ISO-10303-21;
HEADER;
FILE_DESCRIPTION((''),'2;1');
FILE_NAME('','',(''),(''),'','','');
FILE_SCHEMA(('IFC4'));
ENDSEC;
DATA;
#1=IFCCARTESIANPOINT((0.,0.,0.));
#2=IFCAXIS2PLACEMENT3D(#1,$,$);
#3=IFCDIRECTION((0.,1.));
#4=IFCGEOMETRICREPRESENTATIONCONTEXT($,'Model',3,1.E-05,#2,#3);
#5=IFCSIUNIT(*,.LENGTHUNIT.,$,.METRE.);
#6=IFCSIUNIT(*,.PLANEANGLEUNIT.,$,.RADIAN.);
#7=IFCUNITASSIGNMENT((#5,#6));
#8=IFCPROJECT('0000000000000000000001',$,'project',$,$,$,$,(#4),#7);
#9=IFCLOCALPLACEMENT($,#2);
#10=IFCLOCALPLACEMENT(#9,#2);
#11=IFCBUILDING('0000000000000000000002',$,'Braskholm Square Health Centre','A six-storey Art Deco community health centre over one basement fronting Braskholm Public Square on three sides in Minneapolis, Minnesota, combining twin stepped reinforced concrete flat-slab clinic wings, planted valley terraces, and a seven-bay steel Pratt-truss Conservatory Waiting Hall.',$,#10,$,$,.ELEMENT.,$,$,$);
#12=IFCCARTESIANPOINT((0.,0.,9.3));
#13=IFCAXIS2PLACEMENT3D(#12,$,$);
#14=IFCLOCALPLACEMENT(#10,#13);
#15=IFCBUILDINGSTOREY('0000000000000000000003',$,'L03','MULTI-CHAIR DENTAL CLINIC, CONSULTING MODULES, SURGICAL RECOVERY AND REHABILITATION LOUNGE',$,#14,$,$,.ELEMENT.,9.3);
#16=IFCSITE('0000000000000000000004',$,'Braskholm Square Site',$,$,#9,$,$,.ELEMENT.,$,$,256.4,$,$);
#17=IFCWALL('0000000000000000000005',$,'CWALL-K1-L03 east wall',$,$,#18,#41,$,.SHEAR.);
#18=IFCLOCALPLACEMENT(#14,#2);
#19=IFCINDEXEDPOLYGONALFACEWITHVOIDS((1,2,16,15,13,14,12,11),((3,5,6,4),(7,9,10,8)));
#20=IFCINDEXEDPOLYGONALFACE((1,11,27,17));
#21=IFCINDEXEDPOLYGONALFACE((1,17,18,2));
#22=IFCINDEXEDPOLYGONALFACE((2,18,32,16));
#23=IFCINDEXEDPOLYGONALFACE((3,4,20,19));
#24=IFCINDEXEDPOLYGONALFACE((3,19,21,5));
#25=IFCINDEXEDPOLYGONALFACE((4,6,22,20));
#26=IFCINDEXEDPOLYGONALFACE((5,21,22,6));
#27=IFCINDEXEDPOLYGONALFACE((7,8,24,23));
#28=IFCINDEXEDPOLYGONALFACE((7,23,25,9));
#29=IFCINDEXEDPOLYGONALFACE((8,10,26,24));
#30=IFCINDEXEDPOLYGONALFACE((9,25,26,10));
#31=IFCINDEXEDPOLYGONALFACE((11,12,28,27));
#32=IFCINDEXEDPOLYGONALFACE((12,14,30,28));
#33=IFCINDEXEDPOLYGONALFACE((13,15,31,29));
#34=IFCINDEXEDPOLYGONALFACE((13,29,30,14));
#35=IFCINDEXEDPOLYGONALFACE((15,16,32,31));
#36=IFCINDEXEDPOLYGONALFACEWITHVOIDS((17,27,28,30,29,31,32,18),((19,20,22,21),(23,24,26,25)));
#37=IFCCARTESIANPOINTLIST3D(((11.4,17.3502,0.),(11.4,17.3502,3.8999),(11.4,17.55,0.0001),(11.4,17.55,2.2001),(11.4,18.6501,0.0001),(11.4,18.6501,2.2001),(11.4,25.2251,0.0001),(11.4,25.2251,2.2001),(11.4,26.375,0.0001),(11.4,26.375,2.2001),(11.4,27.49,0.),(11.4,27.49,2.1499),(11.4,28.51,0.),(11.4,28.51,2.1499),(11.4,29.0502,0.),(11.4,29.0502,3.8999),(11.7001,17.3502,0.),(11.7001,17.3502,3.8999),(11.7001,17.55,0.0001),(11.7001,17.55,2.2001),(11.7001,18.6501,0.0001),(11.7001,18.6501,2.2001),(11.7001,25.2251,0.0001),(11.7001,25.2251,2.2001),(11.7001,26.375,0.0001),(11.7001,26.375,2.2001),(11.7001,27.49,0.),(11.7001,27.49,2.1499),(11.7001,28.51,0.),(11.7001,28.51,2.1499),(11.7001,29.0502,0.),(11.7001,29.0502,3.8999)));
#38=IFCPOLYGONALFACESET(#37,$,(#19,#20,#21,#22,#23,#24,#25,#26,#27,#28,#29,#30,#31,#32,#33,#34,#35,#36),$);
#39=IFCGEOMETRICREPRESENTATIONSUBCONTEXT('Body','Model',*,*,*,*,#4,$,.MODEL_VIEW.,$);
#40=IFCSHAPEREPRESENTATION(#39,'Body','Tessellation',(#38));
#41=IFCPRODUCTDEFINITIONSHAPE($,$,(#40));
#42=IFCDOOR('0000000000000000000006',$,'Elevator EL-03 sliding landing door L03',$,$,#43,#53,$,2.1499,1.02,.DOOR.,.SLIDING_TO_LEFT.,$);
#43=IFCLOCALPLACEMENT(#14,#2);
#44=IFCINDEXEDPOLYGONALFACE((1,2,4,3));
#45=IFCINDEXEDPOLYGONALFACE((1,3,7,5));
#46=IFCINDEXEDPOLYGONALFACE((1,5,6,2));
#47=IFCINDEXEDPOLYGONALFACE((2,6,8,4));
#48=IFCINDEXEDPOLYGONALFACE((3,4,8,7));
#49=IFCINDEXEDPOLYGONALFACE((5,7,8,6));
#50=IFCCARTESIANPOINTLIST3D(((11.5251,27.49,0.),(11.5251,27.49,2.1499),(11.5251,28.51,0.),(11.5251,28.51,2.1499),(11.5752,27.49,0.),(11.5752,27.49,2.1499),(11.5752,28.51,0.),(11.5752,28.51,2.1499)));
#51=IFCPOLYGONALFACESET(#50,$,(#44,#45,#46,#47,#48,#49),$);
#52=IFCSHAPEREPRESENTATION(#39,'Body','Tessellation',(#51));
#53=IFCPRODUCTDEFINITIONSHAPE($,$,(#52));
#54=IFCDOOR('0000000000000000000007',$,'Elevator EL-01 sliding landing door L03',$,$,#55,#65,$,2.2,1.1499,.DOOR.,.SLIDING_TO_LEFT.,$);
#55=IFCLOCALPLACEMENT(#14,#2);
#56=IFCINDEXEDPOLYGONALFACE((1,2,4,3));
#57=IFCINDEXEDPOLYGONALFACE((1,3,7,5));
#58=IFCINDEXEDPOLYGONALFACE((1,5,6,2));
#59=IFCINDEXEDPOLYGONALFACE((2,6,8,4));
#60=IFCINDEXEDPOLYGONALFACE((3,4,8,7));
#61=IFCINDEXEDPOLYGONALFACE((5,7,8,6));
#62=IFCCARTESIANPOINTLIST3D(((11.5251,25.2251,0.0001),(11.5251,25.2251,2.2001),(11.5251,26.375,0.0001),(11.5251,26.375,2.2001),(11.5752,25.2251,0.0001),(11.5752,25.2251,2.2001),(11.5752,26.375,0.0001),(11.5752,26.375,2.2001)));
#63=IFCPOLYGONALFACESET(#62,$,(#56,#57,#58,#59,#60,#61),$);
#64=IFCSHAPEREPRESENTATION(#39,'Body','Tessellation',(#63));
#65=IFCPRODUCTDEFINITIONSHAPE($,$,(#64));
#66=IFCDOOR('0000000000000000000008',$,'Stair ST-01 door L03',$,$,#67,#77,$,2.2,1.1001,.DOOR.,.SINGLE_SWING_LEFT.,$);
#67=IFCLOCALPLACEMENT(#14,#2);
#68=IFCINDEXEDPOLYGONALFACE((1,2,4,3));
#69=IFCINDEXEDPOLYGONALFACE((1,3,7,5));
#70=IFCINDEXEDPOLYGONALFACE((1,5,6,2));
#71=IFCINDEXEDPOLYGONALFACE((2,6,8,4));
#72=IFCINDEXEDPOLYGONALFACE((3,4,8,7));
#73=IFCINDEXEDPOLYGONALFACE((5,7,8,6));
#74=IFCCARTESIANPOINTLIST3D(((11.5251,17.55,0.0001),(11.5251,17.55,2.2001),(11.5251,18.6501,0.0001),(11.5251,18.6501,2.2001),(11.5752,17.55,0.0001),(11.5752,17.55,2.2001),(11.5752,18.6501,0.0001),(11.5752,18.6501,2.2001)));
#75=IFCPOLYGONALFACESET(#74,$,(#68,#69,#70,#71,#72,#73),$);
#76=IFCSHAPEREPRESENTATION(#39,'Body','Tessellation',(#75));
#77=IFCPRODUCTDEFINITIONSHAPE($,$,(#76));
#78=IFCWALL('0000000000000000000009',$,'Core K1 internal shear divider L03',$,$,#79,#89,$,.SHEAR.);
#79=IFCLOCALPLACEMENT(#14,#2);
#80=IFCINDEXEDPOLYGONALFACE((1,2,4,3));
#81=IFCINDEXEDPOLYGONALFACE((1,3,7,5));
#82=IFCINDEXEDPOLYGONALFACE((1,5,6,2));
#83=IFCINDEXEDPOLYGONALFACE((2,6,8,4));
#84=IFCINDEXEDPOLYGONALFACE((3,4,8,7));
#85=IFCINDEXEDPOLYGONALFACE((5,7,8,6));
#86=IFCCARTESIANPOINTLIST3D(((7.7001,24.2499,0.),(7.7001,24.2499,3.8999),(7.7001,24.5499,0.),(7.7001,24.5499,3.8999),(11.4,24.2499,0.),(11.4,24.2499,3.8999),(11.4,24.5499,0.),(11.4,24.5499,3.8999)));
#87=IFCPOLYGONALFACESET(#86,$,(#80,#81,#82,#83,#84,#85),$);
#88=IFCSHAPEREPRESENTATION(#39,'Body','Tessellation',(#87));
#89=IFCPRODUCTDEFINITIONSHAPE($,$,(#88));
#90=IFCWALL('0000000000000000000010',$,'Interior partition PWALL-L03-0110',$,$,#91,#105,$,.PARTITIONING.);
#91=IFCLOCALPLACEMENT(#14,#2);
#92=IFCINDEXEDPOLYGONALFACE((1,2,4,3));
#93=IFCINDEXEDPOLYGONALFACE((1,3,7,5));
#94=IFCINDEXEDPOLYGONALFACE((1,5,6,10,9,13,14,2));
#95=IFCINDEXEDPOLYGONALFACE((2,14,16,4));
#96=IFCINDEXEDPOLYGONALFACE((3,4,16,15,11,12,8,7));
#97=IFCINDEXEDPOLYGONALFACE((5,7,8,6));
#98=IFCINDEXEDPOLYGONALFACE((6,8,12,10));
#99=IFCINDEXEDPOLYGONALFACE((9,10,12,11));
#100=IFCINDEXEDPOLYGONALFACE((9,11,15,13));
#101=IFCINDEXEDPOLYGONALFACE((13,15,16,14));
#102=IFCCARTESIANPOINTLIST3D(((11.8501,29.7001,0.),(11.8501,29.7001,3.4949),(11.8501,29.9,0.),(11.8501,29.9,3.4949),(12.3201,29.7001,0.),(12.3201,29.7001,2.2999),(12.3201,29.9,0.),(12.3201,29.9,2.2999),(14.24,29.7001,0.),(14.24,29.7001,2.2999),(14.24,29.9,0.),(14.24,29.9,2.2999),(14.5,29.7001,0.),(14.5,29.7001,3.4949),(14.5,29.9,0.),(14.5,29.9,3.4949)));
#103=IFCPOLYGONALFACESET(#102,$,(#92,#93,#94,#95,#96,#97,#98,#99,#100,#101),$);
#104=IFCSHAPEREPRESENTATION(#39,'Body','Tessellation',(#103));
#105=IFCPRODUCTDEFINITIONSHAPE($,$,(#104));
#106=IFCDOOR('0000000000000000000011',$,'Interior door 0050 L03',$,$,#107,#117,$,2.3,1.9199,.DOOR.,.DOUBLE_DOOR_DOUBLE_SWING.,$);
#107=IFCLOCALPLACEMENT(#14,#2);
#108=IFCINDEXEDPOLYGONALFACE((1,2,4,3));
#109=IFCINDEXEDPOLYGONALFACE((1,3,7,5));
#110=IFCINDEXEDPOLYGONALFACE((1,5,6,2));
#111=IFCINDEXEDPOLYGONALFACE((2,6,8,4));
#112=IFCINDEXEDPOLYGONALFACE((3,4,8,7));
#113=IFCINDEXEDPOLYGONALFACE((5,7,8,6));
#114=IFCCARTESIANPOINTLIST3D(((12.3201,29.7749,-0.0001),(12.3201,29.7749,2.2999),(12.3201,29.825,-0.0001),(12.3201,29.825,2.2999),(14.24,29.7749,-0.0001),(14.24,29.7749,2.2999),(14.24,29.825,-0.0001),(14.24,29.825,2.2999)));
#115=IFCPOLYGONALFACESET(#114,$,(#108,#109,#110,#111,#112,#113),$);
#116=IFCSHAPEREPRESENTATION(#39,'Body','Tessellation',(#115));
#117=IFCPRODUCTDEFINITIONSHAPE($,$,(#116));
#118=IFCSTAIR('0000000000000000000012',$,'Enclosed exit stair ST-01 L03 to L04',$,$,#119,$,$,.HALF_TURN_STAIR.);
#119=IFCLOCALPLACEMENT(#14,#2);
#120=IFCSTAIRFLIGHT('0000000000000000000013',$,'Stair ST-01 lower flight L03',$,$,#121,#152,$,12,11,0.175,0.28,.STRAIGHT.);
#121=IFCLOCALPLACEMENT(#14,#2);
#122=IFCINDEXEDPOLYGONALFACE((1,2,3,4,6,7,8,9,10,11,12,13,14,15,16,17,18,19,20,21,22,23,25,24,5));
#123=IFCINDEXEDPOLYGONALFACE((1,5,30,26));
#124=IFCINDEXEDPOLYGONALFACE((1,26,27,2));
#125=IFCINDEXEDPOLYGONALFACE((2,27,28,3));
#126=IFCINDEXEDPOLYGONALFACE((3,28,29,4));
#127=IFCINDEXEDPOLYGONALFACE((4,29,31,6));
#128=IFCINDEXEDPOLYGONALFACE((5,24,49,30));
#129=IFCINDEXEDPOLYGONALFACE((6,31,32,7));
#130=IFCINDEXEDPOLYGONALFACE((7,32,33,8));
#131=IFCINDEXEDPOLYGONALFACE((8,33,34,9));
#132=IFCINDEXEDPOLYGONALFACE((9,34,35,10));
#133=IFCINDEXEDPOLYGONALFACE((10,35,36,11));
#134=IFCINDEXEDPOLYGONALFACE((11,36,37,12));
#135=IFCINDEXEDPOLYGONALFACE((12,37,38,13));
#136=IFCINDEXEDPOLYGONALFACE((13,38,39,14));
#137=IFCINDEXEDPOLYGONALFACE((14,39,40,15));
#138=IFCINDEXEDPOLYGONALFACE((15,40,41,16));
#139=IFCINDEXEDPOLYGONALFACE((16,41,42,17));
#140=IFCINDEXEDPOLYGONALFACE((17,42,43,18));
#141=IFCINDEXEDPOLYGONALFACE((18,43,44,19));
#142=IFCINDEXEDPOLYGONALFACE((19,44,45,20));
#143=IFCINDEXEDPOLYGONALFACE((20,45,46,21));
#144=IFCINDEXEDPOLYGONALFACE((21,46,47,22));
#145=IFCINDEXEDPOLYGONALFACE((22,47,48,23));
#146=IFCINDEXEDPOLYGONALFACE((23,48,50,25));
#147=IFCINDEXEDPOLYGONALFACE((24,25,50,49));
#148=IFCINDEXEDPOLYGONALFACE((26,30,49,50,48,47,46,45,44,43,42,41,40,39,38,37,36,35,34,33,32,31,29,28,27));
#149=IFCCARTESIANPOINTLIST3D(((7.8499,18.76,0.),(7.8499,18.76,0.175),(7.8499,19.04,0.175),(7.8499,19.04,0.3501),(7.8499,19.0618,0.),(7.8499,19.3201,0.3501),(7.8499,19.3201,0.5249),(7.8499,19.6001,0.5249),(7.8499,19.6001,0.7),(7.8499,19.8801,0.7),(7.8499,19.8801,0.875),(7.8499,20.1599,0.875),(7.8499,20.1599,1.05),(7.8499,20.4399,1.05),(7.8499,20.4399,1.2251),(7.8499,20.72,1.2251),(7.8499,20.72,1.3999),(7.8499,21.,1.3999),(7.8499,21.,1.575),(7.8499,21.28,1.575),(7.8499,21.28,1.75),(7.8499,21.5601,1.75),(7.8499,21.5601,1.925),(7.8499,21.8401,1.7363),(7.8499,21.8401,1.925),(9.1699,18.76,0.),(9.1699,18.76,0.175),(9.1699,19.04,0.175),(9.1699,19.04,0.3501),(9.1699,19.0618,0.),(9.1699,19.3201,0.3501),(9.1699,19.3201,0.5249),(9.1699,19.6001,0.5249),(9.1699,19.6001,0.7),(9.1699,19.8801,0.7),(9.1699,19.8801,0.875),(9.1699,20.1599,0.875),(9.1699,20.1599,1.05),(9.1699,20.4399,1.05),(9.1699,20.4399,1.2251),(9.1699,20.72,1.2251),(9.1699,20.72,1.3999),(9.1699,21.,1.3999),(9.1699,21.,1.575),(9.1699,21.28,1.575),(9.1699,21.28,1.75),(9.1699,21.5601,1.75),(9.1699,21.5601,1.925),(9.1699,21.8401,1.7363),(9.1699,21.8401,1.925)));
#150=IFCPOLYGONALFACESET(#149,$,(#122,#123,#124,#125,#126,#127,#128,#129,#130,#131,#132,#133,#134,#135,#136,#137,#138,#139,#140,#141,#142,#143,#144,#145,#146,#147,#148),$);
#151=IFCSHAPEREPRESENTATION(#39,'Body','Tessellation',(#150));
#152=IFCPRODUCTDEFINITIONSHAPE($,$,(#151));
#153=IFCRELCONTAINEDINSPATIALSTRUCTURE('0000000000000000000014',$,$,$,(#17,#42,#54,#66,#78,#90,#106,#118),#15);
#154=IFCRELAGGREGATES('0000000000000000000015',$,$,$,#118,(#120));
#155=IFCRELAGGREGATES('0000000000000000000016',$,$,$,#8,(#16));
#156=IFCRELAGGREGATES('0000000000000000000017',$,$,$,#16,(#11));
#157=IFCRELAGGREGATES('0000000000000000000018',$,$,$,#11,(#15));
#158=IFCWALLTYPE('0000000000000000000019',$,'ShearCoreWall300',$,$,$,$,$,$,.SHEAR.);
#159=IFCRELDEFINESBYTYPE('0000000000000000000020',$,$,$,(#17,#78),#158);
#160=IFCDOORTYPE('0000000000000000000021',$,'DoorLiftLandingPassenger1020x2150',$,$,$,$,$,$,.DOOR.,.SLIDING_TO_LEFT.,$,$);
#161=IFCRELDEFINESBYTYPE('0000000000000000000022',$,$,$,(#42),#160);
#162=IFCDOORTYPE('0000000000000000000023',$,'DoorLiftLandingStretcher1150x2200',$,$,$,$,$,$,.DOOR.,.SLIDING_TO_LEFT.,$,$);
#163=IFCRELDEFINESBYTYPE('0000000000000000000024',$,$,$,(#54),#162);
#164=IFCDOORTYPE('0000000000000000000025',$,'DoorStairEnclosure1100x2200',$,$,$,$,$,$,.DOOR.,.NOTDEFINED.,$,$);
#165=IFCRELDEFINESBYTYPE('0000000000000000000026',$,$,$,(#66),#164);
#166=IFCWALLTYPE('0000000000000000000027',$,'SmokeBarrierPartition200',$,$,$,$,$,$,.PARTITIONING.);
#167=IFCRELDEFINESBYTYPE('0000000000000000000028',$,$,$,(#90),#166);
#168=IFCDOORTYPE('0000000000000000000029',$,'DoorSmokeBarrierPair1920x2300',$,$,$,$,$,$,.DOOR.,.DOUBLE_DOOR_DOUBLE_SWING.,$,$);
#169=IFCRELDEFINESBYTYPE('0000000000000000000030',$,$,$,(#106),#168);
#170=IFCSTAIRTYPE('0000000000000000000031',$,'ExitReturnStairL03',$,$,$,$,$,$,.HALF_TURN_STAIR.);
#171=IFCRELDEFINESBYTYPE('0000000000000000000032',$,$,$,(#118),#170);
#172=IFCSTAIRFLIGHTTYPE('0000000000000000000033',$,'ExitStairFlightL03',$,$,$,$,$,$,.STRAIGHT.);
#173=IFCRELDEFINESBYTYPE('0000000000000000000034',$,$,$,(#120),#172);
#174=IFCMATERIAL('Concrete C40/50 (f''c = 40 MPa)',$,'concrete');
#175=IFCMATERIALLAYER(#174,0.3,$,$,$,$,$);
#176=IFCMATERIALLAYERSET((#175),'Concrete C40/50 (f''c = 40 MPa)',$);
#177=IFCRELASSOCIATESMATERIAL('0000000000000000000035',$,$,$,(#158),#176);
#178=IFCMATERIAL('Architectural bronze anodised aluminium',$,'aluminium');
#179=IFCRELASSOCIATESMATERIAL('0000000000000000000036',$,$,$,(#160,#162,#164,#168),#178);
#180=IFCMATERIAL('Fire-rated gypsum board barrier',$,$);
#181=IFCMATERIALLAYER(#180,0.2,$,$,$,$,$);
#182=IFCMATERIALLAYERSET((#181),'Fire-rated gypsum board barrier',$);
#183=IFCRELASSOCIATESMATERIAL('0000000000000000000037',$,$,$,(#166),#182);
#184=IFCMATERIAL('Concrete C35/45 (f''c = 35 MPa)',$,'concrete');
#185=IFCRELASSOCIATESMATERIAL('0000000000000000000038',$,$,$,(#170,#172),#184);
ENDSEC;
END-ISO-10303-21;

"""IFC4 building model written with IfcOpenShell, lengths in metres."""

from ifc_helpers import new_model, si_unit, direction, frame, frame_2d, origin, origin_with_axes, place, context, subcontext, project, spatial, polyline, rectangle, outline, extrude, material, layer, layer_set, type_object, element, fill, aggregate, save


model = new_model("IFC4")

# Units and contexts
model_context = context("Model", 3, precision=1e-05, world=origin(), true_north=direction((0.0, 1.0)))
body_context = subcontext(model_context, "Body", "Model", "MODEL_VIEW")
ifc_project = project(units=[si_unit("LENGTHUNIT", "METRE"), si_unit("PLANEANGLEUNIT", "RADIAN")], contexts=[model_context])

# Site, building, storey
site_placement = place(None, origin())
site = spatial("IfcSite", under=ifc_project, at=site_placement, Name="Braskholm Square Site", CompositionType="ELEMENT", RefElevation=256.4)
building_placement = place(site_placement, origin())
building = spatial("IfcBuilding", under=site, at=building_placement, Name="Braskholm Square Health Centre", Description="A six-storey Art Deco community health centre over one basement fronting Braskholm Public Square on three sides in Minneapolis, Minnesota, combining twin stepped reinforced concrete flat-slab clinic wings, planted valley terraces, and a seven-bay steel Pratt-truss Conservatory Waiting Hall.", CompositionType="ELEMENT")
storey_placement = place(building_placement, frame((0.0, 0.0, 9.3)))
storey = spatial("IfcBuildingStorey", under=building, at=storey_placement, Name="L03", Description="MULTI-CHAIR DENTAL CLINIC, CONSULTING MODULES, SURGICAL RECOVERY AND REHABILITATION LOUNGE", CompositionType="ELEMENT", Elevation=9.3)

# Shared definitions
ifc_material_1 = material(Name="Concrete C40/50 (f'c = 40 MPa)", Category="concrete")

# Shared definitions
ifc_material_2 = material(Name="Concrete C35/45 (f'c = 35 MPa)", Category="concrete")

# Shared definitions
ifc_material_3 = material(Name="Architectural bronze anodised aluminium", Category="aluminium")

# Shared definitions
ifc_layer_1 = layer(ifc_material_1, 0.3)
ifc_layer_set_1 = layer_set([ifc_layer_1], Name="Concrete C40/50 (f'c = 40 MPa)")
wall_type_1 = type_object("IfcWallType", Name="ShearCoreWall300", PredefinedType="SHEAR", material=ifc_layer_set_1)

# Wall, openings, doors
wall_1_placement = place(storey_placement, frame((11.55, 17.3501, 0.0), z_axis=(0.0, 0.0, 1.0), x_axis=(0.0, 1.0, 0.0)))
wall_1 = element("IfcWall", 1, at=wall_1_placement, inside=storey, type_object=wall_type_1, Name="CWALL-K1-L03 east wall", PredefinedType="SHEAR", context=body_context, shape_type="SweptSolid", body=[
    extrude(rectangle(XDim=11.7, YDim=0.3, at=frame_2d((5.8501, 0.0))), origin(), (0.0, 0.0, 1.0), 3.8999),
])
opening_1_placement = place(wall_1_placement, frame((0.2, 0.0, 0.0)))
opening_1 = element("IfcOpeningElement", 2, at=opening_1_placement, cuts=wall_1, PredefinedType="OPENING", context=body_context, shape_type="SweptSolid", body=[
    extrude(rectangle(XDim=1.1001, YDim=2.2, at=frame_2d((0.55, 1.1001))), frame((0.0, 0.1602, 0.0), z_axis=(0.0, -1.0, 0.0), x_axis=(1.0, 0.0, 0.0)), (0.0, 0.0, 1.0), 0.3201),
])
opening_2_placement = place(wall_1_placement, frame((7.875, 0.0, 0.0)))
opening_2 = element("IfcOpeningElement", 3, at=opening_2_placement, cuts=wall_1, PredefinedType="OPENING", context=body_context, shape_type="SweptSolid", body=[
    extrude(rectangle(XDim=1.1499, YDim=2.2, at=frame_2d((0.575, 1.1001))), frame((0.0, 0.1602, 0.0), z_axis=(0.0, -1.0, 0.0), x_axis=(1.0, 0.0, 0.0)), (0.0, 0.0, 1.0), 0.3201),
])
opening_3_placement = place(wall_1_placement, frame((10.1399, 0.0, 0.0)))
opening_3 = element("IfcOpeningElement", 4, at=opening_3_placement, cuts=wall_1, PredefinedType="OPENING", context=body_context, shape_type="SweptSolid", body=[
    extrude(rectangle(XDim=1.02, YDim=2.1499, at=frame_2d((0.51, 1.075))), frame((0.0, 0.1602, 0.0), z_axis=(0.0, -1.0, 0.0), x_axis=(1.0, 0.0, 0.0)), (0.0, 0.0, 1.0), 0.3201),
])
door_type_1 = type_object("IfcDoorType", Name="DoorLiftLandingPassenger1020x2150", OperationType="SLIDING_TO_LEFT", PredefinedType="DOOR", material=ifc_material_3)
door_1_placement = place(opening_3_placement, origin_with_axes())
door_1 = element("IfcDoor", 5, at=door_1_placement, inside=storey, type_object=door_type_1, Name="Elevator EL-03 sliding landing door L03", OperationType="SLIDING_TO_LEFT", OverallHeight=2.1499, OverallWidth=1.02, PredefinedType="DOOR", context=body_context, shape_type="SweptSolid", body=[
    extrude(rectangle(XDim=1.02, YDim=2.1499, at=frame_2d((0.51, 1.075))), frame((0.0, 0.0249, 0.0), z_axis=(0.0, -1.0, 0.0), x_axis=(1.0, 0.0, 0.0)), (0.0, 0.0, 1.0), 0.05),
])
fill(opening_3, door_1)
door_type_2 = type_object("IfcDoorType", Name="DoorLiftLandingStretcher1150x2200", OperationType="SLIDING_TO_LEFT", PredefinedType="DOOR", material=ifc_material_3)
door_2_placement = place(opening_2_placement, origin_with_axes())
door_2 = element("IfcDoor", 6, at=door_2_placement, inside=storey, type_object=door_type_2, Name="Elevator EL-01 sliding landing door L03", OperationType="SLIDING_TO_LEFT", OverallHeight=2.2, OverallWidth=1.1499, PredefinedType="DOOR", context=body_context, shape_type="SweptSolid", body=[
    extrude(rectangle(XDim=1.1499, YDim=2.2, at=frame_2d((0.575, 1.1001))), frame((0.0, 0.0249, 0.0), z_axis=(0.0, -1.0, 0.0), x_axis=(1.0, 0.0, 0.0)), (0.0, 0.0, 1.0), 0.05),
])
fill(opening_2, door_2)
door_type_3 = type_object("IfcDoorType", Name="DoorStairEnclosure1100x2200", OperationType="NOTDEFINED", PredefinedType="DOOR", material=ifc_material_3)
door_3_placement = place(opening_1_placement, origin_with_axes())
door_3 = element("IfcDoor", 7, at=door_3_placement, inside=storey, type_object=door_type_3, Name="Stair ST-01 door L03", OperationType="SINGLE_SWING_LEFT", OverallHeight=2.2, OverallWidth=1.1001, PredefinedType="DOOR", context=body_context, shape_type="SweptSolid", body=[
    extrude(rectangle(XDim=1.1001, YDim=2.2, at=frame_2d((0.55, 1.1001))), frame((0.0, 0.0249, 0.0), z_axis=(0.0, -1.0, 0.0), x_axis=(1.0, 0.0, 0.0)), (0.0, 0.0, 1.0), 0.05),
])
fill(opening_1, door_3)

# Wall
wall_2_placement = place(storey_placement, frame((7.7, 24.3999, 0.0), z_axis=(0.0, 0.0, 1.0), x_axis=(1.0, 0.0, 0.0)))
element("IfcWall", 8, at=wall_2_placement, inside=storey, type_object=wall_type_1, Name="Core K1 internal shear divider L03", PredefinedType="SHEAR", context=body_context, shape_type="SweptSolid", body=[
    extrude(rectangle(XDim=3.7, YDim=0.3, at=frame_2d((1.8501, 0.0))), origin(), (0.0, 0.0, 1.0), 3.8999),
])

# Wall, opening, door
ifc_material_4 = material(Name="Fire-rated gypsum board barrier")
ifc_layer_2 = layer(ifc_material_4, 0.2)
ifc_layer_set_2 = layer_set([ifc_layer_2], Name="Fire-rated gypsum board barrier")
wall_type_2 = type_object("IfcWallType", Name="SmokeBarrierPartition200", PredefinedType="PARTITIONING", material=ifc_layer_set_2)
wall_3_placement = place(storey_placement, frame((11.8501, 29.8, 0.0), z_axis=(0.0, 0.0, 1.0), x_axis=(1.0, 0.0, 0.0)))
wall_3 = element("IfcWall", 9, at=wall_3_placement, inside=storey, type_object=wall_type_2, Name="Interior partition PWALL-L03-0110", PredefinedType="PARTITIONING", context=body_context, shape_type="SweptSolid", body=[
    extrude(rectangle(XDim=2.6499, YDim=0.2, at=frame_2d((1.325, 0.0))), origin(), (0.0, 0.0, 1.0), 3.4949),
])
opening_4_placement = place(wall_3_placement, frame((0.47, 0.0, 0.0)))
opening_4 = element("IfcOpeningElement", 10, at=opening_4_placement, cuts=wall_3, PredefinedType="OPENING", context=body_context, shape_type="SweptSolid", body=[
    extrude(rectangle(XDim=1.9199, YDim=2.3, at=frame_2d((0.96, 1.1499))), frame((0.0, 0.1099, 0.0), z_axis=(0.0, -1.0, 0.0), x_axis=(1.0, 0.0, 0.0)), (0.0, 0.0, 1.0), 0.22),
])
door_type_4 = type_object("IfcDoorType", Name="DoorSmokeBarrierPair1920x2300", OperationType="DOUBLE_DOOR_DOUBLE_SWING", PredefinedType="DOOR", material=ifc_material_3)
door_4_placement = place(opening_4_placement, origin_with_axes())
door_4 = element("IfcDoor", 11, at=door_4_placement, inside=storey, type_object=door_type_4, Name="Interior door 0050 L03", OperationType="DOUBLE_DOOR_DOUBLE_SWING", OverallHeight=2.3, OverallWidth=1.9199, PredefinedType="DOOR", context=body_context, shape_type="SweptSolid", body=[
    extrude(rectangle(XDim=1.9199, YDim=2.3, at=frame_2d((0.96, 1.1499))), frame((0.0, 0.0249, 0.0), z_axis=(0.0, -1.0, 0.0), x_axis=(1.0, 0.0, 0.0)), (0.0, 0.0, 1.0), 0.05),
])
fill(opening_4, door_4)

# Stair, stair flight
stair_type = type_object("IfcStairType", Name="ExitReturnStairL03", PredefinedType="HALF_TURN_STAIR", material=ifc_material_2)
stair_placement = place(storey_placement, origin())
stair = element("IfcStair", 12, at=stair_placement, inside=storey, type_object=stair_type, Name="Enclosed exit stair ST-01 L03 to L04", PredefinedType="HALF_TURN_STAIR")
stair_flight_type = type_object("IfcStairFlightType", Name="ExitStairFlightL03", PredefinedType="STRAIGHT", material=ifc_material_2)
stair_flight_1_placement = place(storey_placement, frame((8.51, 18.76, 0.0), z_axis=(0.0, 0.0, 1.0), x_axis=(0.0, 1.0, 0.0)))
stair_flight_1 = element("IfcStairFlight", 13, at=stair_flight_1_placement, type_object=stair_flight_type, Name="Stair ST-01 lower flight L03", NumberOfRisers=12, NumberOfTreads=11, PredefinedType="STRAIGHT", RiserHeight=0.175, TreadLength=0.28, context=body_context, shape_type="SweptSolid", body=[
    extrude(outline(polyline([(0.0, 0.0), (0.0, 0.175), (0.28, 0.175), (0.28, 0.3501), (0.5601, 0.3501), (0.5601, 0.5249), (0.8401, 0.5249), (0.8401, 0.7), (1.1201, 0.7), (1.1201, 0.875), (1.3999, 0.875), (1.3999, 1.05), (1.6799, 1.05), (1.6799, 1.2251), (1.96, 1.2251), (1.96, 1.3999), (2.24, 1.3999), (2.24, 1.575), (2.52, 1.575), (2.52, 1.75), (2.8, 1.75), (2.8, 1.925), (3.0801, 1.925), (3.0801, 2.1001), (3.0801, 1.7363), (0.3018, 0.0), (0.0, 0.0)])), frame((0.0, 0.6602, 0.0), z_axis=(0.0, -1.0, 0.0), x_axis=(1.0, 0.0, 0.0)), (0.0, 0.0, 1.0), 1.3201),
])
aggregate(stair, [stair_flight_1])

save(model, "model.ifc")
